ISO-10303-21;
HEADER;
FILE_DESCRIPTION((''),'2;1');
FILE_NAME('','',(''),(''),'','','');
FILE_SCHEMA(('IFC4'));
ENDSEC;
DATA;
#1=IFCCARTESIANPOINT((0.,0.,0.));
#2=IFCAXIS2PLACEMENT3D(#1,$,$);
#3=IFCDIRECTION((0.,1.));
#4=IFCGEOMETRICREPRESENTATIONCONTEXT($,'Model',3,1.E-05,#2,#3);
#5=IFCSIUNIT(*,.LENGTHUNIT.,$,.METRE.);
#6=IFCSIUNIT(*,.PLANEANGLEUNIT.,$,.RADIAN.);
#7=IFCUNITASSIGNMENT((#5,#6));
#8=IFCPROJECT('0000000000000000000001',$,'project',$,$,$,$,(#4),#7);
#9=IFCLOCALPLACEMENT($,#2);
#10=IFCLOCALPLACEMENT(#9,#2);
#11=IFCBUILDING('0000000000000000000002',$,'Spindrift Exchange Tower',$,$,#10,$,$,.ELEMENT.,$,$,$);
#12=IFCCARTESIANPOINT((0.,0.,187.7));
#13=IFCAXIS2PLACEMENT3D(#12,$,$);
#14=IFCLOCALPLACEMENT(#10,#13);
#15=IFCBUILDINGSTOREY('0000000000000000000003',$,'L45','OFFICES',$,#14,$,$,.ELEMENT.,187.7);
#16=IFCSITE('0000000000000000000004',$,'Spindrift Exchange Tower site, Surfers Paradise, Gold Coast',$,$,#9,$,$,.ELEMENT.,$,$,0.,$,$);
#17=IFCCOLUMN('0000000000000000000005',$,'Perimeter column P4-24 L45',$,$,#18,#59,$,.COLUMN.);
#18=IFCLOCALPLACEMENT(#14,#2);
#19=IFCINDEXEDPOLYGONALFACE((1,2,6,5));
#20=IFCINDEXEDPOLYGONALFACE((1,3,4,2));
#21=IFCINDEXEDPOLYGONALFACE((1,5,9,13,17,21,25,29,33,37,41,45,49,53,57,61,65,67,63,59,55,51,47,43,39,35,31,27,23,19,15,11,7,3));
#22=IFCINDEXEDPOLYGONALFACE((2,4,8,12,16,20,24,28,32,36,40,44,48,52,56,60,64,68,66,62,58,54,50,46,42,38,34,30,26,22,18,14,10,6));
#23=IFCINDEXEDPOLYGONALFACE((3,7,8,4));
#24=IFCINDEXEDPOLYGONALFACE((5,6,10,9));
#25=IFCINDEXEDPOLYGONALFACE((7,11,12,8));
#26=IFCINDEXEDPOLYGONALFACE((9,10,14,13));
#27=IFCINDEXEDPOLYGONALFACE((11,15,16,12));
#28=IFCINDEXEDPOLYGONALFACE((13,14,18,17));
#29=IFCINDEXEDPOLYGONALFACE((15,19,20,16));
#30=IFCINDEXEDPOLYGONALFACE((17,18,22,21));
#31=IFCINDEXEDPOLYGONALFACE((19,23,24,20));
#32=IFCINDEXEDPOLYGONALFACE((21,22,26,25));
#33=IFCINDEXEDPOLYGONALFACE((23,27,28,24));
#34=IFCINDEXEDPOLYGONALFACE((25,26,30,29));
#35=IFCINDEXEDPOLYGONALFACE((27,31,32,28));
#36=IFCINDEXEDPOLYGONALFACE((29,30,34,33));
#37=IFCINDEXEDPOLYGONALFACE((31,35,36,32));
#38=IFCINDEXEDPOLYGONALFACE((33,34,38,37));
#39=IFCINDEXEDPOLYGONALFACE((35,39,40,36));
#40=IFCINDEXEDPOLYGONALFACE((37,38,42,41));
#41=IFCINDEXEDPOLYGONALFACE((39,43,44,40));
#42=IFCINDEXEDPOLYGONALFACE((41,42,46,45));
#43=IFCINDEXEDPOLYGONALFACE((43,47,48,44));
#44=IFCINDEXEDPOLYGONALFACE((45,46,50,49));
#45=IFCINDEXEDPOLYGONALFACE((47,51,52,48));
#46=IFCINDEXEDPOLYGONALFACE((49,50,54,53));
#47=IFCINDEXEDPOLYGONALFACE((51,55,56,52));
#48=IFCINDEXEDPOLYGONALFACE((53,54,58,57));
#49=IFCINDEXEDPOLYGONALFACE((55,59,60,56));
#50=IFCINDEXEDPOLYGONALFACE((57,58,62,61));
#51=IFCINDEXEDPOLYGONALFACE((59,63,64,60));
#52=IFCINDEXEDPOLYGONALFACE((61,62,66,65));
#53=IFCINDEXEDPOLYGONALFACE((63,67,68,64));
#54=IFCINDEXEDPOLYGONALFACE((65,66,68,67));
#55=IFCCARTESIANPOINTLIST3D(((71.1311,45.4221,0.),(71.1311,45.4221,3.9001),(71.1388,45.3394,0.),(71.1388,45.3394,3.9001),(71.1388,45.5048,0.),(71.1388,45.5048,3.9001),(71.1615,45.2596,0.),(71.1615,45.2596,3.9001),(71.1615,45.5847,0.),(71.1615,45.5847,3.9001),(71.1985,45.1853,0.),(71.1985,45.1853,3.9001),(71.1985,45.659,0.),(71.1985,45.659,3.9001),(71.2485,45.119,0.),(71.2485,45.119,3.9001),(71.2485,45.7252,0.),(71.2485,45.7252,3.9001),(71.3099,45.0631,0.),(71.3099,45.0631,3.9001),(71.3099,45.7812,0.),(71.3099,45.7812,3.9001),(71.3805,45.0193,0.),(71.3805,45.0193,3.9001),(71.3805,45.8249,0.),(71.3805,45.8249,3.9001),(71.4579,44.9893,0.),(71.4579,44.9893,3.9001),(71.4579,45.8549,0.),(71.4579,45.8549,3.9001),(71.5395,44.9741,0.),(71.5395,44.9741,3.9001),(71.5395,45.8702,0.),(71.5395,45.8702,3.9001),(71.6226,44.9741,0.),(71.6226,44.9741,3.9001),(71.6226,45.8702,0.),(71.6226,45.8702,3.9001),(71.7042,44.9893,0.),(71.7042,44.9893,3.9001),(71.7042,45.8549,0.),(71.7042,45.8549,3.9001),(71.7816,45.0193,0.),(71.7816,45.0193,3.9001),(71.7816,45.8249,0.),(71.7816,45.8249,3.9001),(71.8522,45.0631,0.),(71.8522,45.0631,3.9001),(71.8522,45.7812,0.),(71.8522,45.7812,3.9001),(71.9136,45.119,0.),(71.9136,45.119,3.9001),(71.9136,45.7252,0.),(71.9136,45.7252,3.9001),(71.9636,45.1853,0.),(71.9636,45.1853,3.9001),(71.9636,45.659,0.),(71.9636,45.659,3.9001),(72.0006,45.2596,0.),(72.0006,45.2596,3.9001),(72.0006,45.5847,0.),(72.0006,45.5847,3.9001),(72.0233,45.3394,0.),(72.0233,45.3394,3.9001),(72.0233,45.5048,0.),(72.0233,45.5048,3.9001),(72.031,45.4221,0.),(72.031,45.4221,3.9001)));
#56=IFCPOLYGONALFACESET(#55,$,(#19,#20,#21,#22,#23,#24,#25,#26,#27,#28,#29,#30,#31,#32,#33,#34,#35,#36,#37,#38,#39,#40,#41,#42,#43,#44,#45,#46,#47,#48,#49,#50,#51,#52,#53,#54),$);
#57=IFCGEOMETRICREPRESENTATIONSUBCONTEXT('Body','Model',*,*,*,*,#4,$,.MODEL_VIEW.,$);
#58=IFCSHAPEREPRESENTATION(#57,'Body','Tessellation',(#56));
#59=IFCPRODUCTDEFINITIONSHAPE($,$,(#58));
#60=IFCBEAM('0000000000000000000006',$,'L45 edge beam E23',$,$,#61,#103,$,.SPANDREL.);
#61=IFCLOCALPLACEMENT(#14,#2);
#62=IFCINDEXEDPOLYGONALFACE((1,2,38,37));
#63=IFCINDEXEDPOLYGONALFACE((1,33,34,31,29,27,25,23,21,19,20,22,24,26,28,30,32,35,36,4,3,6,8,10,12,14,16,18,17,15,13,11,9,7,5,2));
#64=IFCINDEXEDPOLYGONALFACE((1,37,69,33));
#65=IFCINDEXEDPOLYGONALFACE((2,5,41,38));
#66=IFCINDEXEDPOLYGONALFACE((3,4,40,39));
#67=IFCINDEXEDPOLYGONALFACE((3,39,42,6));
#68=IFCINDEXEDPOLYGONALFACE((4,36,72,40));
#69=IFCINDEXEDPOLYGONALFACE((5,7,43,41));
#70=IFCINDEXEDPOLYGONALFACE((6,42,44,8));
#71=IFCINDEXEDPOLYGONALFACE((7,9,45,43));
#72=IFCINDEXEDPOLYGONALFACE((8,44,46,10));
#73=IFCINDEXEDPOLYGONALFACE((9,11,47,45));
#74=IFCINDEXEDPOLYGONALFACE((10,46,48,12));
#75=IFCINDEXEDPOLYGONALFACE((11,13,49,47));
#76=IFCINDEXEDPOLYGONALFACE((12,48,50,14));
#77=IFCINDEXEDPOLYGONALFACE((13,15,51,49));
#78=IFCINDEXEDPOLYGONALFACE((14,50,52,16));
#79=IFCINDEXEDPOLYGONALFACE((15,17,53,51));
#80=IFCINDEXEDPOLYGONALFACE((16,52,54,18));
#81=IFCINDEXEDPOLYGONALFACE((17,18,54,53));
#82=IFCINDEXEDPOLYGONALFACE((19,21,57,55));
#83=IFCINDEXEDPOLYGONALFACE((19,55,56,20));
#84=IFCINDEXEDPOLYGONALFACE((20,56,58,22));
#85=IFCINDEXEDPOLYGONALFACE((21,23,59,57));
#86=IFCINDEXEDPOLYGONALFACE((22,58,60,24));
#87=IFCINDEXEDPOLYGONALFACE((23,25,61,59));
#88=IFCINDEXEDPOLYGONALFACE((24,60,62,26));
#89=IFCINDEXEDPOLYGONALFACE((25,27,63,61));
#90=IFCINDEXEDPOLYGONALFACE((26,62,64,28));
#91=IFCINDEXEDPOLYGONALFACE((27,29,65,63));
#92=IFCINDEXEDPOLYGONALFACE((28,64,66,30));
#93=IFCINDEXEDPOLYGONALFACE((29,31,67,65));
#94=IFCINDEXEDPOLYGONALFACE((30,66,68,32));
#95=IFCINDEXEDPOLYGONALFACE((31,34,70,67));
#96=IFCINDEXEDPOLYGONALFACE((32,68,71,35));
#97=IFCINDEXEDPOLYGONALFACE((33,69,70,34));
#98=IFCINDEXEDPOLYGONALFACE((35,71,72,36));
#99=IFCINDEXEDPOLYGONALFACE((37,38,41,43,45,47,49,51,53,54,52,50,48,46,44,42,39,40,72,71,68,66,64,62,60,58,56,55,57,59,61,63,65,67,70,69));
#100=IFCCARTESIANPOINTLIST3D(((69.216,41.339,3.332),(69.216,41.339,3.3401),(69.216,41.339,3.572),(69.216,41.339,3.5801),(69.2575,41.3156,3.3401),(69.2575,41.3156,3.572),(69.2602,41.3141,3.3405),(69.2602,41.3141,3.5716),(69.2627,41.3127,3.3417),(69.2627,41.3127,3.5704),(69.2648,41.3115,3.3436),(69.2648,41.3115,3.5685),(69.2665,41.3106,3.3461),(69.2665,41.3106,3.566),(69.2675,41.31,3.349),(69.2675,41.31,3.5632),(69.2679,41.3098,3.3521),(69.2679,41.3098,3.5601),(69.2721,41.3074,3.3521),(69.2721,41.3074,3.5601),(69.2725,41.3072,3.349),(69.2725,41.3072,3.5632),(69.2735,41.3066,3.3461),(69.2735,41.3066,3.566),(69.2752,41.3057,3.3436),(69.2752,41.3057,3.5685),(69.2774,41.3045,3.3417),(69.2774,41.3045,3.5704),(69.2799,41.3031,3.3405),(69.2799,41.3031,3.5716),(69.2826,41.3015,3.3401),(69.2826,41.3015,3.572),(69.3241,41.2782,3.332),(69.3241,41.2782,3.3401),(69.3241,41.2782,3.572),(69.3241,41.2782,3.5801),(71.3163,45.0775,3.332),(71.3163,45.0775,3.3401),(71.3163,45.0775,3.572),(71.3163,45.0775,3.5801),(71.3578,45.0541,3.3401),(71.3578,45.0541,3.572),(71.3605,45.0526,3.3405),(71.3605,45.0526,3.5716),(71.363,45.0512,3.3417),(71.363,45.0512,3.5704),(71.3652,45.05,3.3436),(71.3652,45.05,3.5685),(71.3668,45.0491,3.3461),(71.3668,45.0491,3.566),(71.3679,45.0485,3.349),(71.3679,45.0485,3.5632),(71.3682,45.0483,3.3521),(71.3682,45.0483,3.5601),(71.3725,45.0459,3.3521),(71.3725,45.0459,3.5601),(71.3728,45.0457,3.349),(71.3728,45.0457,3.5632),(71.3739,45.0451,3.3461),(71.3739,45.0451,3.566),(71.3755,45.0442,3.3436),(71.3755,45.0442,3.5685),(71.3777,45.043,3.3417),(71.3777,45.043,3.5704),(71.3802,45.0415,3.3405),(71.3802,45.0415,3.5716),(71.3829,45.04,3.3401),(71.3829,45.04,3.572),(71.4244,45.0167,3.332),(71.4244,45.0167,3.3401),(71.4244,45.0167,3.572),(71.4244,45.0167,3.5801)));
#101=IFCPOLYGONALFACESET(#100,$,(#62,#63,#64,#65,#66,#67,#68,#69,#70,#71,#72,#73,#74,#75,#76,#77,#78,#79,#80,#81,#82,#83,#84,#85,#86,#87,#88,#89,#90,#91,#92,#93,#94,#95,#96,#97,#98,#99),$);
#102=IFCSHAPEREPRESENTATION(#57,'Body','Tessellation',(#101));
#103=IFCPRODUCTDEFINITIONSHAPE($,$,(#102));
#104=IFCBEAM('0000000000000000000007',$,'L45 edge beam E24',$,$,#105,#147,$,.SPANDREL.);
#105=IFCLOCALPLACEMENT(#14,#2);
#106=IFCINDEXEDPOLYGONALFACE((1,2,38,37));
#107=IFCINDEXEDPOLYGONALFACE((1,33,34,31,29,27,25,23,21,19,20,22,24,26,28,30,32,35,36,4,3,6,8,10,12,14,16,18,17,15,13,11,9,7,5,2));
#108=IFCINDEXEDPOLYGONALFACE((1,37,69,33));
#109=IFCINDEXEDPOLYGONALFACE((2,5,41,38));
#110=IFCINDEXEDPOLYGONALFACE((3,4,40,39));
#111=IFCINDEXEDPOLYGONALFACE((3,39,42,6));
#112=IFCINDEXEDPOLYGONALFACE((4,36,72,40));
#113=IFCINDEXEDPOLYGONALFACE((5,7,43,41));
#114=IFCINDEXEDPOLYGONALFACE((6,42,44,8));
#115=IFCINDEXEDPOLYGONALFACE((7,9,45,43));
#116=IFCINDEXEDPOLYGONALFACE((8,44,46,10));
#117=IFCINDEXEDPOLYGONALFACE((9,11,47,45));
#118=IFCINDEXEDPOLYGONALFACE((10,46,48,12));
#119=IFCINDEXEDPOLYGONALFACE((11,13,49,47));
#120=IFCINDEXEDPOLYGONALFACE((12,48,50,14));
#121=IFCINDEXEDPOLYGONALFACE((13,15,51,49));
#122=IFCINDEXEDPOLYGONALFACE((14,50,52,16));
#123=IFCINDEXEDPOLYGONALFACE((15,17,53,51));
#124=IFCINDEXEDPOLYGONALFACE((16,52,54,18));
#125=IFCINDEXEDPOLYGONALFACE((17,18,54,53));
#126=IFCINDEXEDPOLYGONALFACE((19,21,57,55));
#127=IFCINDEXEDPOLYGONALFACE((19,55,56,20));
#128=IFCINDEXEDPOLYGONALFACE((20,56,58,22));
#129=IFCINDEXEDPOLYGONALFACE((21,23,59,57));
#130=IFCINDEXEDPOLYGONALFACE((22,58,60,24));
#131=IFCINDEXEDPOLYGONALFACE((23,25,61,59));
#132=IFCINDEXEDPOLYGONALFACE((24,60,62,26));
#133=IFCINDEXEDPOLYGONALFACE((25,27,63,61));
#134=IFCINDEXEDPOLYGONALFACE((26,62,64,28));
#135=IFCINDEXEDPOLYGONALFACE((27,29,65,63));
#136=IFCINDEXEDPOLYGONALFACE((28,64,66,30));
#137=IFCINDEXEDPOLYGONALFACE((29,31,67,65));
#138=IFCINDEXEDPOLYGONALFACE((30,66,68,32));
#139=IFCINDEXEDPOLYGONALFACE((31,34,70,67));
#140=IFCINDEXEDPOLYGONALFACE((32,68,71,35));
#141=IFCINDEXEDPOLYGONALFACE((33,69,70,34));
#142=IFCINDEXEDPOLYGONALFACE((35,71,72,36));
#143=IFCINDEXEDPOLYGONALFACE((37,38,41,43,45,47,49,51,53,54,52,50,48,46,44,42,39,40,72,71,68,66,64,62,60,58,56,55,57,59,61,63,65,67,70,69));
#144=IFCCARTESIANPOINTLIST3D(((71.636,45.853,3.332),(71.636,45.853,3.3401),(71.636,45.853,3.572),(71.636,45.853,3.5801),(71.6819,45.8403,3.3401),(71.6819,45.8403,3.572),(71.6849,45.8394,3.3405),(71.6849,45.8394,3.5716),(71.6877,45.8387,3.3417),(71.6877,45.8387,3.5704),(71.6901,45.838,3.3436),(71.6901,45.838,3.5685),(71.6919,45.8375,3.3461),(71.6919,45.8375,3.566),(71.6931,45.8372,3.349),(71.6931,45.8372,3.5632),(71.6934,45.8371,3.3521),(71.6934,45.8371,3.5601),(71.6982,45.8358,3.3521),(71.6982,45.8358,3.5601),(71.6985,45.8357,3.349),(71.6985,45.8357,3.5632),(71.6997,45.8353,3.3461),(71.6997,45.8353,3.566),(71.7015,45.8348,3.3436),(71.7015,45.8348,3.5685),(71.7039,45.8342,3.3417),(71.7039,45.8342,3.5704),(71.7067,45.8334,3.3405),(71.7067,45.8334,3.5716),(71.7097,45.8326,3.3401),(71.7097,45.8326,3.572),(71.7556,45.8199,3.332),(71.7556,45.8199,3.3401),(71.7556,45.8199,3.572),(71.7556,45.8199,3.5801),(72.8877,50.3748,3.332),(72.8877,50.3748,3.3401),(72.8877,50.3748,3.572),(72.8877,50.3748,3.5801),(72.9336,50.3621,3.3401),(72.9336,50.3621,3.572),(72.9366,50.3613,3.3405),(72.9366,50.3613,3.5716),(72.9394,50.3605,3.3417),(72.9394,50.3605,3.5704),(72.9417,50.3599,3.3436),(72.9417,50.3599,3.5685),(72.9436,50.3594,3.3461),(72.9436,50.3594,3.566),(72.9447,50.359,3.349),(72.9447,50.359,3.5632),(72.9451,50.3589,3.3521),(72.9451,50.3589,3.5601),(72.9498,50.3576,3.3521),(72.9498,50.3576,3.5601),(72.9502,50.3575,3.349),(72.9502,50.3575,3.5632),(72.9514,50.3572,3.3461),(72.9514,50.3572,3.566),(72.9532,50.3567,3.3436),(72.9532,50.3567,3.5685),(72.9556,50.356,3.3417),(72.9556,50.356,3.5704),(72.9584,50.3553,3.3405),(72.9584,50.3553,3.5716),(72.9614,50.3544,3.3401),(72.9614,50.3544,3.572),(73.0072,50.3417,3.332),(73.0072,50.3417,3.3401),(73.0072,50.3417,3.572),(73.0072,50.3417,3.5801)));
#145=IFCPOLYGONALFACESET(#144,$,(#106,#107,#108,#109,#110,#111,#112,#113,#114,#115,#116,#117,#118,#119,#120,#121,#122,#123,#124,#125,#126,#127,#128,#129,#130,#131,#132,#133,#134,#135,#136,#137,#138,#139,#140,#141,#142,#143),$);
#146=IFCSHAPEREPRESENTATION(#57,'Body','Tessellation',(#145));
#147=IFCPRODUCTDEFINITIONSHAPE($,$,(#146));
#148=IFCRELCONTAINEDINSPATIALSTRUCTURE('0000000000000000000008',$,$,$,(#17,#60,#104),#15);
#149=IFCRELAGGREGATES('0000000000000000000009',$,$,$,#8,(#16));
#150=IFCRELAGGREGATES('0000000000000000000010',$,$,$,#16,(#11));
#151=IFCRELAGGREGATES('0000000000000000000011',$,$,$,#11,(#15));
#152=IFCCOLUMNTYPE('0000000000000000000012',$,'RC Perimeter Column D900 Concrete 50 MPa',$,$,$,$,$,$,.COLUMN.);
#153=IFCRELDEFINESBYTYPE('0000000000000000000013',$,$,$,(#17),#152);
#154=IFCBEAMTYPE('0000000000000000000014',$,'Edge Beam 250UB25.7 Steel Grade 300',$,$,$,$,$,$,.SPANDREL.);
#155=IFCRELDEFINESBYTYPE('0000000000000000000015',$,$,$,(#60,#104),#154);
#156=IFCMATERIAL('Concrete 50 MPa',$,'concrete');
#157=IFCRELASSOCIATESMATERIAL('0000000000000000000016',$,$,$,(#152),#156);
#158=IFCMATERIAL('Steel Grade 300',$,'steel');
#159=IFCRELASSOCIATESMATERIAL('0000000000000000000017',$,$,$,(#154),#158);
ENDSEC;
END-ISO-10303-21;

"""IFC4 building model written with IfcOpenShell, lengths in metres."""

from ifc_helpers import new_model, si_unit, direction, frame, origin, origin_2d, place, context, subcontext, project, spatial, circle, i_section, extrude, source, transform, mapped, material, material_profile, profile_set, type_object, element, save


model = new_model("IFC4")

# Units and contexts
model_context = context("Model", 3, precision=1e-05, world=origin(), true_north=direction((0.0, 1.0)))
body_context = subcontext(model_context, "Body", "Model", "MODEL_VIEW")
ifc_project = project(units=[si_unit("LENGTHUNIT", "METRE"), si_unit("PLANEANGLEUNIT", "RADIAN")], contexts=[model_context])

# Site, building, storey
site_placement = place(None, origin())
site = spatial("IfcSite", under=ifc_project, at=site_placement, Name="Spindrift Exchange Tower site, Surfers Paradise, Gold Coast", CompositionType="ELEMENT", RefElevation=0.0)
building_placement = place(site_placement, origin())
building = spatial("IfcBuilding", under=site, at=building_placement, Name="Spindrift Exchange Tower", CompositionType="ELEMENT")
storey_placement = place(building_placement, frame((0.0, 0.0, 187.7)))
storey = spatial("IfcBuildingStorey", under=building, at=storey_placement, Name="L45", Description="OFFICES", CompositionType="ELEMENT", Elevation=187.7)

# Column
ifc_material_1 = material(Name="Concrete 50 MPa", Category="concrete")
ifc_material_profile_1 = material_profile(ifc_material_1, circle(Radius=0.45, at=origin_2d()), Name="RC D900")
ifc_profile_set_1 = profile_set([ifc_material_profile_1], Name="Concrete 50 MPa")
column_type = type_object("IfcColumnType", Name="RC Perimeter Column D900 Concrete 50 MPa", PredefinedType="COLUMN", material=ifc_profile_set_1)
shared_shape_1 = source(origin(), body_context, "Body", "SweptSolid", [
    extrude(circle(Radius=0.45, at=origin_2d()), origin(), (0.0, 0.0, 1.0), 3.9001),
])
column_placement = place(storey_placement, frame((71.5811, 45.4221, 0.0), z_axis=(0.0, 0.0, 1.0), x_axis=(1.0, 0.0, 0.0)))
element("IfcColumn", 1, at=column_placement, inside=storey, type_object=column_type, Name="Perimeter column P4-24 L45", PredefinedType="COLUMN", context=body_context, shape_type="MappedRepresentation", body=[
    mapped(shared_shape_1, transform((0.0, 0.0, 0.0), scale=1.0)),
])

# Beams
ifc_material_2 = material(Name="Steel Grade 300", Category="steel")
ifc_material_profile_2 = material_profile(ifc_material_2, i_section(OverallWidth=0.124, OverallDepth=0.248, WebThickness=0.0049, FlangeThickness=0.0081, FilletRadius=0.012, at=origin_2d()), Name="250UB25.7")
ifc_profile_set_2 = profile_set([ifc_material_profile_2], Name="Steel Grade 300")
beam_type_1 = type_object("IfcBeamType", Name="Edge Beam 250UB25.7 Steel Grade 300", PredefinedType="SPANDREL", material=ifc_profile_set_2)
shared_shape_2 = source(origin(), body_context, "Body", "SweptSolid", [
    extrude(i_section(OverallWidth=0.124, OverallDepth=0.248, WebThickness=0.0049, FlangeThickness=0.0081, FilletRadius=0.012, at=origin_2d()), origin(), (0.0, 0.0, 1.0), 4.2881),
])
beam_1_placement = place(storey_placement, frame((69.27, 41.3086, 3.4561), z_axis=(0.489804, 0.871832, 0.0), x_axis=(-0.871832, 0.489804, 0.0)))
element("IfcBeam", 2, at=beam_1_placement, inside=storey, type_object=beam_type_1, Name="L45 edge beam E23", PredefinedType="SPANDREL", context=body_context, shape_type="MappedRepresentation", body=[
    mapped(shared_shape_2, transform((0.0, 0.0, 0.0), scale=1.0)),
])
shared_shape_3 = source(origin(), body_context, "Body", "SweptSolid", [
    extrude(i_section(OverallWidth=0.124, OverallDepth=0.248, WebThickness=0.0049, FlangeThickness=0.0081, FilletRadius=0.012, at=origin_2d()), origin(), (0.0, 0.0, 1.0), 4.6919),
])
beam_2_placement = place(storey_placement, frame((71.6958, 45.8364, 3.4561), z_axis=(0.266774, 0.963759, 0.0), x_axis=(-0.963759, 0.266774, 0.0)))
element("IfcBeam", 3, at=beam_2_placement, inside=storey, type_object=beam_type_1, Name="L45 edge beam E24", PredefinedType="SPANDREL", context=body_context, shape_type="MappedRepresentation", body=[
    mapped(shared_shape_3, transform((0.0, 0.0, 0.0), scale=1.0)),
])

save(model, "model.ifc")
